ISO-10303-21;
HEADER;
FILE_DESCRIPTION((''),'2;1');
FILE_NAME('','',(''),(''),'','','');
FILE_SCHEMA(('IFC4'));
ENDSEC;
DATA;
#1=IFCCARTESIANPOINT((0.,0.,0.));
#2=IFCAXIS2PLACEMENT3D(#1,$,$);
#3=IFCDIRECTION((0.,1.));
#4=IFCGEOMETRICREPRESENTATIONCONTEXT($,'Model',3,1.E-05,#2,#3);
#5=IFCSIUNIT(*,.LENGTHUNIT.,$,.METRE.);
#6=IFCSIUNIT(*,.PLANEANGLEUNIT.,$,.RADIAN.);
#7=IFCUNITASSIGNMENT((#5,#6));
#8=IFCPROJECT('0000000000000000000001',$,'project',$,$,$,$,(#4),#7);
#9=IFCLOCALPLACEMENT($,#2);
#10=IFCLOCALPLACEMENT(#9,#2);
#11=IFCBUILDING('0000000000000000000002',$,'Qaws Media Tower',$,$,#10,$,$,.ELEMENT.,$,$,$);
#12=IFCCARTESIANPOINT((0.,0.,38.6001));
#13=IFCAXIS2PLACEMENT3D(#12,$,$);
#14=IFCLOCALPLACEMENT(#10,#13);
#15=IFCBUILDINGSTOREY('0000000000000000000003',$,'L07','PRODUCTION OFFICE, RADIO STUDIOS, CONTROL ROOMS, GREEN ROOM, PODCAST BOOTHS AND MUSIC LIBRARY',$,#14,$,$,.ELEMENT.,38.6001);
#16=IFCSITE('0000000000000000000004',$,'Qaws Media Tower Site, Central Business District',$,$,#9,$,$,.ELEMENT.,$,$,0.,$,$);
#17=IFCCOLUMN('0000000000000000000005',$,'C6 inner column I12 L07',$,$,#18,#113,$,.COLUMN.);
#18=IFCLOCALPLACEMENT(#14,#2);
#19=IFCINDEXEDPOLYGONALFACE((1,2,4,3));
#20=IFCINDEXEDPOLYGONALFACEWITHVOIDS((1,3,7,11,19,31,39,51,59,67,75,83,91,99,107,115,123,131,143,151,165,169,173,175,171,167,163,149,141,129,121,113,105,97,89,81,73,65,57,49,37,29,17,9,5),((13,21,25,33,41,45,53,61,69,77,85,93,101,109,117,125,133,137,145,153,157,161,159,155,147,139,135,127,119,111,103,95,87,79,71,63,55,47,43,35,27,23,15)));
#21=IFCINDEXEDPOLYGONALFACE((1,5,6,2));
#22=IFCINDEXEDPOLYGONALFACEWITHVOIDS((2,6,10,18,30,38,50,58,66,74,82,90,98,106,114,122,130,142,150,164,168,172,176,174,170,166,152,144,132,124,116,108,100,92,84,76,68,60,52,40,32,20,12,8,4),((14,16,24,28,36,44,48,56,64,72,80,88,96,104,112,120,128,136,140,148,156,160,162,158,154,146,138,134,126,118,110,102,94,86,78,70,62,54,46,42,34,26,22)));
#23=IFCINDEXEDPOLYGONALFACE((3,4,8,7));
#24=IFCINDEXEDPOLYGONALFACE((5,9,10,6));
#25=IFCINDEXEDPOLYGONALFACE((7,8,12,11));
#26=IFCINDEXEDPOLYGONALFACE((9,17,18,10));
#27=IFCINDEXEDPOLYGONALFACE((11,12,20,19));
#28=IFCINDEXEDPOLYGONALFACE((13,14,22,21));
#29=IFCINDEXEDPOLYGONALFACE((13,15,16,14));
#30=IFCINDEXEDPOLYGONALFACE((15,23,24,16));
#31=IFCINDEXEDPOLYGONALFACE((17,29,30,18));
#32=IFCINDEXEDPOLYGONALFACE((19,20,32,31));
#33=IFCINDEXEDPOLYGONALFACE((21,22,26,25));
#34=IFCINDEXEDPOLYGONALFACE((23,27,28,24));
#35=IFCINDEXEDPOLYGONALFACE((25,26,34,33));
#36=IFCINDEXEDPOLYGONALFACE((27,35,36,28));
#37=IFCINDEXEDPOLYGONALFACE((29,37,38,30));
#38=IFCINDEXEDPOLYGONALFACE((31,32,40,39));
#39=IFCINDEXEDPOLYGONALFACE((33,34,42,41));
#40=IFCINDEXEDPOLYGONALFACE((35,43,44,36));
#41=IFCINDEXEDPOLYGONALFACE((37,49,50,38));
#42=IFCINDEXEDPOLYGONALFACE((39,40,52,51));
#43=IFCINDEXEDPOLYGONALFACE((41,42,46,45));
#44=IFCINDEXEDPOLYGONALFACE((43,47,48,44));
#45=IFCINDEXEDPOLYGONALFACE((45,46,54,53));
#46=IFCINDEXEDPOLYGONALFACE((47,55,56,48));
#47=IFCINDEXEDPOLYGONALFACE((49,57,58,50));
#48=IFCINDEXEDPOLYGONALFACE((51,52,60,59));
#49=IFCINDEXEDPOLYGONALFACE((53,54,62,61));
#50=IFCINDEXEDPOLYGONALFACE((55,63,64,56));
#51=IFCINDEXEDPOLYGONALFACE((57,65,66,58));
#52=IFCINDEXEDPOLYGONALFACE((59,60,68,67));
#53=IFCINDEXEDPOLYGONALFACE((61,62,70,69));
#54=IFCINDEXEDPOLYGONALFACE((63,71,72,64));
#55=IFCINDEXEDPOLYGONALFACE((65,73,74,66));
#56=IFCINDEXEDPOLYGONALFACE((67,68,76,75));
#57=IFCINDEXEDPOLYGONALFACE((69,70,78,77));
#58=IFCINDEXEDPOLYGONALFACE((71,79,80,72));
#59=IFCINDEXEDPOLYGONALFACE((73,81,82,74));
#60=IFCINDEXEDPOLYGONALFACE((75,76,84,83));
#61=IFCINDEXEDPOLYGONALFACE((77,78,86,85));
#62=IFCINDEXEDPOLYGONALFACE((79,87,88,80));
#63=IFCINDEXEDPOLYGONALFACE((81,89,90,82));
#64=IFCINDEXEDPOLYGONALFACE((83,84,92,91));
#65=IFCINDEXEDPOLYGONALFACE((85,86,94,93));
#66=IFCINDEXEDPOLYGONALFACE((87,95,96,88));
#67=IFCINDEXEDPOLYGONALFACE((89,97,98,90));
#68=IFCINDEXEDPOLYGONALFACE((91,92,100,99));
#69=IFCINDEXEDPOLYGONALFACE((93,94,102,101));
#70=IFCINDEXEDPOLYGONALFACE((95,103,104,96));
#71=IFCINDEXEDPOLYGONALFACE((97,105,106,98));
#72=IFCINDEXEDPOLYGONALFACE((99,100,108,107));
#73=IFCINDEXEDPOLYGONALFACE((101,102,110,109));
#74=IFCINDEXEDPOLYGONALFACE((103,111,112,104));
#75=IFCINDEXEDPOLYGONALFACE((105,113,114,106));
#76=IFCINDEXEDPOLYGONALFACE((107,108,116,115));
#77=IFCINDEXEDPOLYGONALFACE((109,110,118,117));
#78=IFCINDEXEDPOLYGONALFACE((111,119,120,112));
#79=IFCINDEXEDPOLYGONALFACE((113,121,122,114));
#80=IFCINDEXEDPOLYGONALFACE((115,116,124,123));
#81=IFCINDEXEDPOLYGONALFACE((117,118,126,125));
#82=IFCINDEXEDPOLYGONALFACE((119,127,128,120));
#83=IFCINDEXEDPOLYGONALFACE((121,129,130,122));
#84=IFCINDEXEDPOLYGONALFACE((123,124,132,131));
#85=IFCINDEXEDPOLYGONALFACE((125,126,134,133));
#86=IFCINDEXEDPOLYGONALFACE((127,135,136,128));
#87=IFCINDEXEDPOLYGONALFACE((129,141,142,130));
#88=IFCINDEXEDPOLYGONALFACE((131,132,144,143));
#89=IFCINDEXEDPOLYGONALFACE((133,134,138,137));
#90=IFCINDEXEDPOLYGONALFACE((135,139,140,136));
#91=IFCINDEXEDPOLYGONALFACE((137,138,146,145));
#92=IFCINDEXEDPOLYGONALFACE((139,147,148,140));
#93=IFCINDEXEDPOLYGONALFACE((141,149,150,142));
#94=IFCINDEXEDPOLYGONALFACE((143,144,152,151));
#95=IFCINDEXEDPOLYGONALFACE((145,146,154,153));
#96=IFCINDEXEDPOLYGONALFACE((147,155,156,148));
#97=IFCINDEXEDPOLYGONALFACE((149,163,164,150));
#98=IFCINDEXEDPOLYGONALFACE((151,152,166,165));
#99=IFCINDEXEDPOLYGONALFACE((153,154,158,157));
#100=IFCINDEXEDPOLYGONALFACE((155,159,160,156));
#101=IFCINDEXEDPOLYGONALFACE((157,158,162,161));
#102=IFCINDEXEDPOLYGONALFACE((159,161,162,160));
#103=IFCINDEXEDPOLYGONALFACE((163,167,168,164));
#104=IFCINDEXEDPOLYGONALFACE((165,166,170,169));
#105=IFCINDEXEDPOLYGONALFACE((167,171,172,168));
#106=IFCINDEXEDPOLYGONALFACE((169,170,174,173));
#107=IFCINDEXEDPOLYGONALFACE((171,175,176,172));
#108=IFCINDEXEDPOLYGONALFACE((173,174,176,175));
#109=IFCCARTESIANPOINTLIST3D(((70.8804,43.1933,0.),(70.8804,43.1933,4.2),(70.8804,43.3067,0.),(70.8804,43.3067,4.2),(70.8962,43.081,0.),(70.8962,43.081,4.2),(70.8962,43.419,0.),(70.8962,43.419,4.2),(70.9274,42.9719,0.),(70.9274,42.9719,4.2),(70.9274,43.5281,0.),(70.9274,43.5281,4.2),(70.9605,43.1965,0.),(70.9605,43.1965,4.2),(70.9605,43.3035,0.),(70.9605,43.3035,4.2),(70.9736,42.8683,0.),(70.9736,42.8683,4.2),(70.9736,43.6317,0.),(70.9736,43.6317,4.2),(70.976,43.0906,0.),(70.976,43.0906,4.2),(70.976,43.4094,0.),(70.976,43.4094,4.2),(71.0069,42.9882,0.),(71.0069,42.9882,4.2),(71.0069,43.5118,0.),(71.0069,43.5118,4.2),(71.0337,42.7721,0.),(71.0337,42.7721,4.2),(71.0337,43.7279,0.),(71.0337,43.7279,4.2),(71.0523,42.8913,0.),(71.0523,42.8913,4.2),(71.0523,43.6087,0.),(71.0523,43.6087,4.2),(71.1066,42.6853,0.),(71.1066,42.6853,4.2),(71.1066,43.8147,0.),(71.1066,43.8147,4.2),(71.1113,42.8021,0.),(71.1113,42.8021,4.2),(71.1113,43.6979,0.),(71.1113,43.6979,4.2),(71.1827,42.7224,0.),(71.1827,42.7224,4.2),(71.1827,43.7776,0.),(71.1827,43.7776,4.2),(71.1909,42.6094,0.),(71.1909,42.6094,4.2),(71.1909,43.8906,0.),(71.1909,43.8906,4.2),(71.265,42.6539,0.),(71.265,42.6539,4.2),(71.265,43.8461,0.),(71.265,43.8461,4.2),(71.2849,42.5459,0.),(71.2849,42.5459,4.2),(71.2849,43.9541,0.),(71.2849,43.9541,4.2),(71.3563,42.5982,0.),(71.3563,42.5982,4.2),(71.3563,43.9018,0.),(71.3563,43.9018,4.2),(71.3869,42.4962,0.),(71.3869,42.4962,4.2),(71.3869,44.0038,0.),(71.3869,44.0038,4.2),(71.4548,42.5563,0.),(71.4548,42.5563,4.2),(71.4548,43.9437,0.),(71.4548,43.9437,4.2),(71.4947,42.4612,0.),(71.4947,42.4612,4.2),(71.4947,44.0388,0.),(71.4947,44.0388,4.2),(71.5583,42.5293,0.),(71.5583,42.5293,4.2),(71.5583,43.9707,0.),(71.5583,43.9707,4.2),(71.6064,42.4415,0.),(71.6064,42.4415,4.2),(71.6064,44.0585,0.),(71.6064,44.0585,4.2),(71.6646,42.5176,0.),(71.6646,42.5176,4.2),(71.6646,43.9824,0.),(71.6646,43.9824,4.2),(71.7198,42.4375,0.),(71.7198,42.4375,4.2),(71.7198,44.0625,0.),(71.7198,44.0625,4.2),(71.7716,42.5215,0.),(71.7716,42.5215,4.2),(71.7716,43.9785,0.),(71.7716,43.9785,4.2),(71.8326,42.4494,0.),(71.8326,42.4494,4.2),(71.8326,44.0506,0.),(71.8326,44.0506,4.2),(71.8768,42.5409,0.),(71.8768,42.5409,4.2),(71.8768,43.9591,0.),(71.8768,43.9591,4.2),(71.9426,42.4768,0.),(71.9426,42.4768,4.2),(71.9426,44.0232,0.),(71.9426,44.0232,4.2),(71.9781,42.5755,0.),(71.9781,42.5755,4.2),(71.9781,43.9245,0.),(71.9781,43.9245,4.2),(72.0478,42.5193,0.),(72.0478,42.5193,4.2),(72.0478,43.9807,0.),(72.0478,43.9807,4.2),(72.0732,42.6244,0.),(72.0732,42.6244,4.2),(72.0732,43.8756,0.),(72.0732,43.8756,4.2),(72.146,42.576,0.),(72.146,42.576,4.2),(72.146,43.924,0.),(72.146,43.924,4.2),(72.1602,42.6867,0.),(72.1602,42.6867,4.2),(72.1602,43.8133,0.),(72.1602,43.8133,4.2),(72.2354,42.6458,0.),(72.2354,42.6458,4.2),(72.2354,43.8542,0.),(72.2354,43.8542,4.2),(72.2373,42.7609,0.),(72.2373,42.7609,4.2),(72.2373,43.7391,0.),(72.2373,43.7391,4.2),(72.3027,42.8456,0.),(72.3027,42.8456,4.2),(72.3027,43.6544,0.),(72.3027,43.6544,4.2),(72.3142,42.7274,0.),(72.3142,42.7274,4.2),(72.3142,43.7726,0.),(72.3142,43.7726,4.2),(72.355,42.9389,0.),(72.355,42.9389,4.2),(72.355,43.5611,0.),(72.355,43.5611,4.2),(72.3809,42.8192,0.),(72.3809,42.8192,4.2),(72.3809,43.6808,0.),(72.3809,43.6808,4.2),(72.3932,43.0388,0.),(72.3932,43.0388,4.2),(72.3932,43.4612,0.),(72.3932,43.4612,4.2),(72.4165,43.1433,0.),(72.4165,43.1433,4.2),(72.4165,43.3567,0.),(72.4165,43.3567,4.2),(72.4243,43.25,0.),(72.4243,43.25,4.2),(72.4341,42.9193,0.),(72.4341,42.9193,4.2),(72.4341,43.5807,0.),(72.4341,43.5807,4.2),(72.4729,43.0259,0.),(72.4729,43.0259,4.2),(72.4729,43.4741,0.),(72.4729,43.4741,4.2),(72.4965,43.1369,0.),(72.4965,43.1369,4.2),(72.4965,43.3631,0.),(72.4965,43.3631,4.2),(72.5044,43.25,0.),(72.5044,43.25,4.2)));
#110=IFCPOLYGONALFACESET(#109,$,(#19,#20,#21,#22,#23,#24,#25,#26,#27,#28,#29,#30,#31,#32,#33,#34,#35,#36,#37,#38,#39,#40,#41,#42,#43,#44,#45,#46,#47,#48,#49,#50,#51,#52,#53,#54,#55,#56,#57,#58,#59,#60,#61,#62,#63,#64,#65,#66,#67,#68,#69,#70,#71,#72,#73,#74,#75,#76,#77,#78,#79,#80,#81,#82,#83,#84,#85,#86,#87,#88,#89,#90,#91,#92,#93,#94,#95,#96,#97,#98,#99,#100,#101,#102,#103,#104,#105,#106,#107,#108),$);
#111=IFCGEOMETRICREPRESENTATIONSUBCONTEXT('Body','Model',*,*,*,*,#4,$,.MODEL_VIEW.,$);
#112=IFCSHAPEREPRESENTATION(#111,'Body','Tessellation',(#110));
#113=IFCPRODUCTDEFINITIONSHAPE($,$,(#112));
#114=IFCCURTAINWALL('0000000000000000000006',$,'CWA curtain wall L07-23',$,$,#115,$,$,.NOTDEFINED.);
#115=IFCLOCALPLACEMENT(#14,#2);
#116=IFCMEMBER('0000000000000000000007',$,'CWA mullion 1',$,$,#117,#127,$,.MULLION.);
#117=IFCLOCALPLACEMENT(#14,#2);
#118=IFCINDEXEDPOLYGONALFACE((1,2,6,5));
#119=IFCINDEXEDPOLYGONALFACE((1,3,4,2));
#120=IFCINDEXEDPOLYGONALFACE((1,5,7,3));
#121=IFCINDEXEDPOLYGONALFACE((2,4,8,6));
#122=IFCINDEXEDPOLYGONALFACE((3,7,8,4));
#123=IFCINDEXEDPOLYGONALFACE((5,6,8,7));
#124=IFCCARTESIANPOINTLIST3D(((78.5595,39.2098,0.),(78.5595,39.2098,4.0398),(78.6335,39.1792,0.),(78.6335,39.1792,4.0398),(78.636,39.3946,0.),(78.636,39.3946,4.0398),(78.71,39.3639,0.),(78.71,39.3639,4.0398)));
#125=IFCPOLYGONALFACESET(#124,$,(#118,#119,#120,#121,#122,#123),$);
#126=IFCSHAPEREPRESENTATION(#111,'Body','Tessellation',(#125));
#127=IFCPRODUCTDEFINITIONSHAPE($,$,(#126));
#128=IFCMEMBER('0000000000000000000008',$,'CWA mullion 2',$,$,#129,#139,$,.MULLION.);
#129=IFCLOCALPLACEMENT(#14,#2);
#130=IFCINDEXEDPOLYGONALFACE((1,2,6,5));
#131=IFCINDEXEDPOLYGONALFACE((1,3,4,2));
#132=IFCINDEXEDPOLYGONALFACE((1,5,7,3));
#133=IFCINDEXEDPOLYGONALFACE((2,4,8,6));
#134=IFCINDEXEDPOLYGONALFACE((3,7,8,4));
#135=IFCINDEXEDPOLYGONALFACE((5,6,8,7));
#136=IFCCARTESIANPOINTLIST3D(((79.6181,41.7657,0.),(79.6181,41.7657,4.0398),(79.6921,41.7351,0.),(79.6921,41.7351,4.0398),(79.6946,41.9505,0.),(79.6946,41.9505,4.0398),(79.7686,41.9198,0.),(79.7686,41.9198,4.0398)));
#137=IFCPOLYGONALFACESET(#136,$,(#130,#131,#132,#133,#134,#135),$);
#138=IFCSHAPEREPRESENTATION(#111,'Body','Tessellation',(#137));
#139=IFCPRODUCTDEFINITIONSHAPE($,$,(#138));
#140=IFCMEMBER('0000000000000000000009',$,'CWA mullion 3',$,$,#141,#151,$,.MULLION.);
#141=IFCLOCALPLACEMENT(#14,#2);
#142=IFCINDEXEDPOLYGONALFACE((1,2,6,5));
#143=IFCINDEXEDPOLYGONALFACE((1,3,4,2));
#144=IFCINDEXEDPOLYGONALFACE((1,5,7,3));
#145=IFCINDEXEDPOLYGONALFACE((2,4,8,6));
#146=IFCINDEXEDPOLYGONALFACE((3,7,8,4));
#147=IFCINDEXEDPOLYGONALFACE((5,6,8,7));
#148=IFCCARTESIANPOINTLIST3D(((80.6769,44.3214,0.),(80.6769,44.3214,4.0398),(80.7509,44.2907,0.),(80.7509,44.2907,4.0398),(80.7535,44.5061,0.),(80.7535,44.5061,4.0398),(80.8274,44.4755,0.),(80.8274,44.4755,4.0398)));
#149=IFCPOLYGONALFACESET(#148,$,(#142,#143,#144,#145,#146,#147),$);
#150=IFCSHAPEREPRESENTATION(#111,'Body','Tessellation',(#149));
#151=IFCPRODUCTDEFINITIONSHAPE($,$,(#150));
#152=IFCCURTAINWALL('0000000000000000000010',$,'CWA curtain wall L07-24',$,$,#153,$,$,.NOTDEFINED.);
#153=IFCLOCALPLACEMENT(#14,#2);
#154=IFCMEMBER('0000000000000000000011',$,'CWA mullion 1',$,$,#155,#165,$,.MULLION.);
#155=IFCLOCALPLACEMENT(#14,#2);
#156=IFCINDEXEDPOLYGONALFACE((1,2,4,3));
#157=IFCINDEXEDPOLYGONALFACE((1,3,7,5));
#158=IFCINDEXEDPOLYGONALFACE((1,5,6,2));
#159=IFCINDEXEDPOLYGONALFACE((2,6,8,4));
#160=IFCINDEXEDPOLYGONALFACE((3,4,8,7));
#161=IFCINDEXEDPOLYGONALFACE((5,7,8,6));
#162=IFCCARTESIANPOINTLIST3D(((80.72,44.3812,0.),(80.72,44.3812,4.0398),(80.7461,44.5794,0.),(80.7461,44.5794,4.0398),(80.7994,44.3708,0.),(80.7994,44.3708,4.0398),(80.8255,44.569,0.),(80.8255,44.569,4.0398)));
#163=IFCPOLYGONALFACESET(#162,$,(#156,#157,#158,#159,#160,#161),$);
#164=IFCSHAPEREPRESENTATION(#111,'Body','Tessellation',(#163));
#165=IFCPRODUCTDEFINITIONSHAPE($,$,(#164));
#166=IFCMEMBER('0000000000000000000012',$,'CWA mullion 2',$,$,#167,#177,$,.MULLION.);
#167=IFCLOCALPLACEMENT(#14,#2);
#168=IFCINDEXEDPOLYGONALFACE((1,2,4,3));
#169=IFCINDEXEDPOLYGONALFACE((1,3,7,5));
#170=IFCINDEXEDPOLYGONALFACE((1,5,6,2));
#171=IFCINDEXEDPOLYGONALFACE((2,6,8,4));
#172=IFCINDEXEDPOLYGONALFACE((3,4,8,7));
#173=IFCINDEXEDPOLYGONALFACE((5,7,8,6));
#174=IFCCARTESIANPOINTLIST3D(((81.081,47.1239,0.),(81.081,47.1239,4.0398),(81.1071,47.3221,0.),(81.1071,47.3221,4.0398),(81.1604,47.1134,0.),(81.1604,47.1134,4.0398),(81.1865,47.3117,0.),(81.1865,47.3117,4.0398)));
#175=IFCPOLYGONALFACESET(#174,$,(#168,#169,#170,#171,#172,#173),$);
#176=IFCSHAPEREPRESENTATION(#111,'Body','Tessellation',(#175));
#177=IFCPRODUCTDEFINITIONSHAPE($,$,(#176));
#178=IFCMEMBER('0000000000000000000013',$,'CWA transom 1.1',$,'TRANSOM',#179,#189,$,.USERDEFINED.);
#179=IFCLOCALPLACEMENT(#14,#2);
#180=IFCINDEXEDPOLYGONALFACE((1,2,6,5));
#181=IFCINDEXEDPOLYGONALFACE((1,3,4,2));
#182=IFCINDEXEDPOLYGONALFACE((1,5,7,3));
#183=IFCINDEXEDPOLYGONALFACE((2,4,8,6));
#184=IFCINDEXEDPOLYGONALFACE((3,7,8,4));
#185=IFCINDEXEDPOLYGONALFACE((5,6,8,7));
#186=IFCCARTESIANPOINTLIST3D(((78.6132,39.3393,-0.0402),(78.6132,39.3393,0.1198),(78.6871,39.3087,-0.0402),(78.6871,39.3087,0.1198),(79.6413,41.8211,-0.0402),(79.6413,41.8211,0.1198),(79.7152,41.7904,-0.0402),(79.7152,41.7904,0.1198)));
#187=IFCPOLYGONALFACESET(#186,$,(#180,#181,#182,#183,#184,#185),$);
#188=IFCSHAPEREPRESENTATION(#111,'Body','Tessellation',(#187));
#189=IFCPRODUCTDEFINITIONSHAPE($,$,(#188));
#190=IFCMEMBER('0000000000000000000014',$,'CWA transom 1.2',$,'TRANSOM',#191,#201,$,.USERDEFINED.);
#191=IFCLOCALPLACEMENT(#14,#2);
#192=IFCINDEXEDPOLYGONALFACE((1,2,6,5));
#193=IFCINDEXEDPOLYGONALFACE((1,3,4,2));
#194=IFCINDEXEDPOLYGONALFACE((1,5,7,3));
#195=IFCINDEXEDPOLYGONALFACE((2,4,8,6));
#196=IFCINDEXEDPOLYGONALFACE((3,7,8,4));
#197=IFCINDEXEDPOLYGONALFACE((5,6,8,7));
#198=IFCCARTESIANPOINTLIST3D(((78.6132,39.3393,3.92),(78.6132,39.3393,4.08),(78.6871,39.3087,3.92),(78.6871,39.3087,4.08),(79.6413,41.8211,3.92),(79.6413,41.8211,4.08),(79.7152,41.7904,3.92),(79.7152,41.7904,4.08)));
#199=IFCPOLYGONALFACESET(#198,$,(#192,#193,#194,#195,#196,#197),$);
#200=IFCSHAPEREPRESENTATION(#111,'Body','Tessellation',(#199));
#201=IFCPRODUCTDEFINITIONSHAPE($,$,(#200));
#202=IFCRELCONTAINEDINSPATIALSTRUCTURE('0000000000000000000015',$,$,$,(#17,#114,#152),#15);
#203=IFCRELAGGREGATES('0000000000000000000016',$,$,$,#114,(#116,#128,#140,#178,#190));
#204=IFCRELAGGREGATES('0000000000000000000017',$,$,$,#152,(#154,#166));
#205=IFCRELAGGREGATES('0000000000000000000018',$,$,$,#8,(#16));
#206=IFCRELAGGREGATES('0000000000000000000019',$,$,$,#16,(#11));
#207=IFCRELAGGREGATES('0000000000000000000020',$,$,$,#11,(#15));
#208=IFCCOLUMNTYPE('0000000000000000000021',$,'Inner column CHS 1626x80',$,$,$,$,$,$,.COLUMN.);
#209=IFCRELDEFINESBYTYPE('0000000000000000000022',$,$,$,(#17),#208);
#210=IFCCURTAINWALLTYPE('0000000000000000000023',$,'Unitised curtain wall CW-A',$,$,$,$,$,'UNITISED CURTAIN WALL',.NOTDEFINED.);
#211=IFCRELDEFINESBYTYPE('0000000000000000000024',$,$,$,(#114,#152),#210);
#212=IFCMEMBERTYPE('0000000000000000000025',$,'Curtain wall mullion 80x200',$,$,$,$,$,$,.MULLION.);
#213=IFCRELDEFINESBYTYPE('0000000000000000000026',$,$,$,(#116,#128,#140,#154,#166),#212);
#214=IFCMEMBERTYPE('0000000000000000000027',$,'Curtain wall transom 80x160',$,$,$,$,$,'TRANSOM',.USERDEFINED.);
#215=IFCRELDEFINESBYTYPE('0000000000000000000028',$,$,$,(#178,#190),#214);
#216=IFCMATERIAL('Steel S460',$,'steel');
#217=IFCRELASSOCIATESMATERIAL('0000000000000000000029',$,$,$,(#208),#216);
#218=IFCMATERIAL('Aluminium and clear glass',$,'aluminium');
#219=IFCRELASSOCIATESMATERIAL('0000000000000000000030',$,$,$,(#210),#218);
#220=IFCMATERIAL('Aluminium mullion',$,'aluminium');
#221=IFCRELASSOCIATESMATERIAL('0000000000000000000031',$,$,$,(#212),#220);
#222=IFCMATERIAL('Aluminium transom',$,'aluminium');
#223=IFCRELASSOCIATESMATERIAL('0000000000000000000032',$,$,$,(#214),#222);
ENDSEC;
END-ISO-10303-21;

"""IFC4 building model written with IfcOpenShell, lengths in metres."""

from ifc_helpers import new_model, si_unit, direction, frame, origin, origin_2d, place, context, subcontext, project, spatial, rectangle, hollow_circle, extrude, material, material_profile, profile_set, type_object, element, aggregate, save


model = new_model("IFC4")

# Units and contexts
model_context = context("Model", 3, precision=1e-05, world=origin(), true_north=direction((0.0, 1.0)))
body_context = subcontext(model_context, "Body", "Model", "MODEL_VIEW")
ifc_project = project(units=[si_unit("LENGTHUNIT", "METRE"), si_unit("PLANEANGLEUNIT", "RADIAN")], contexts=[model_context])

# Site, building, storey
site_placement = place(None, origin())
site = spatial("IfcSite", under=ifc_project, at=site_placement, Name="Qaws Media Tower Site, Central Business District", CompositionType="ELEMENT", RefElevation=0.0)
building_placement = place(site_placement, origin())
building = spatial("IfcBuilding", under=site, at=building_placement, Name="Qaws Media Tower", CompositionType="ELEMENT")
storey_placement = place(building_placement, frame((0.0, 0.0, 38.6001)))
storey = spatial("IfcBuildingStorey", under=building, at=storey_placement, Name="L07", Description="PRODUCTION OFFICE, RADIO STUDIOS, CONTROL ROOMS, GREEN ROOM, PODCAST BOOTHS AND MUSIC LIBRARY", CompositionType="ELEMENT", Elevation=38.6001)

# Column
ifc_material_1 = material(Name="Steel S460", Category="steel")
ifc_material_profile_1 = material_profile(ifc_material_1, hollow_circle(Radius=0.813, WallThickness=0.0801, at=origin_2d()), Name="CHS 1626x80")
ifc_profile_set_1 = profile_set([ifc_material_profile_1], Name="Steel S460")
column_type = type_object("IfcColumnType", Name="Inner column CHS 1626x80", PredefinedType="COLUMN", material=ifc_profile_set_1)
column_placement = place(storey_placement, frame((71.6914, 43.25, 0.0), z_axis=(0.0, 0.0, 1.0), x_axis=(1.0, 0.0, 0.0)))
element("IfcColumn", 1, at=column_placement, inside=storey, type_object=column_type, Name="C6 inner column I12 L07", PredefinedType="COLUMN", context=body_context, shape_type="SweptSolid", body=[
    extrude(hollow_circle(Radius=0.813, WallThickness=0.0801, at=origin_2d()), origin(), (0.0, 0.0, 1.0), 4.2),
])

# Curtain walls, members
ifc_material_2 = material(Name="Aluminium and clear glass", Category="aluminium")
curtain_wall_type = type_object("IfcCurtainWallType", Name="Unitised curtain wall CW-A", ElementType="UNITISED CURTAIN WALL", PredefinedType="NOTDEFINED", material=ifc_material_2)
curtain_wall_1_placement = place(storey_placement, origin())
curtain_wall_1 = element("IfcCurtainWall", 2, at=curtain_wall_1_placement, inside=storey, type_object=curtain_wall_type, Name="CWA curtain wall L07-23", PredefinedType="NOTDEFINED")
ifc_material_3 = material(Name="Aluminium mullion", Category="aluminium")
ifc_material_profile_2 = material_profile(ifc_material_3, rectangle(XDim=0.0801, YDim=0.2, at=origin_2d()), Name="80x200")
ifc_profile_set_2 = profile_set([ifc_material_profile_2], Name="Aluminium mullion")
member_type_1 = type_object("IfcMemberType", Name="Curtain wall mullion 80x200", PredefinedType="MULLION", material=ifc_profile_set_2)
member_1_placement = place(storey_placement, frame((78.6348, 39.2869, 0.0), z_axis=(0.0, 0.0, 1.0), x_axis=(-0.92388, 0.382683, 0.0)))
member_1 = element("IfcMember", 3, at=member_1_placement, type_object=member_type_1, Name="CWA mullion 1", PredefinedType="MULLION", context=body_context, shape_type="SweptSolid", body=[
    extrude(rectangle(XDim=0.0801, YDim=0.2, at=origin_2d()), origin(), (0.0, 0.0, 1.0), 4.0398),
])
member_2_placement = place(storey_placement, frame((79.6934, 41.8428, 0.0), z_axis=(0.0, 0.0, 1.0), x_axis=(-0.92388, 0.382683, 0.0)))
member_2 = element("IfcMember", 4, at=member_2_placement, type_object=member_type_1, Name="CWA mullion 2", PredefinedType="MULLION", context=body_context, shape_type="SweptSolid", body=[
    extrude(rectangle(XDim=0.0801, YDim=0.2, at=origin_2d()), origin(), (0.0, 0.0, 1.0), 4.0398),
])
member_3_placement = place(storey_placement, frame((80.7522, 44.3984, 0.0), z_axis=(0.0, 0.0, 1.0), x_axis=(-0.92388, 0.382683, 0.0)))
member_3 = element("IfcMember", 5, at=member_3_placement, type_object=member_type_1, Name="CWA mullion 3", PredefinedType="MULLION", context=body_context, shape_type="SweptSolid", body=[
    extrude(rectangle(XDim=0.0801, YDim=0.2, at=origin_2d()), origin(), (0.0, 0.0, 1.0), 4.0398),
])
curtain_wall_2_placement = place(storey_placement, origin())
curtain_wall_2 = element("IfcCurtainWall", 6, at=curtain_wall_2_placement, inside=storey, type_object=curtain_wall_type, Name="CWA curtain wall L07-24", PredefinedType="NOTDEFINED")
member_4_placement = place(storey_placement, frame((80.7727, 44.4751, 0.0), z_axis=(0.0, 0.0, 1.0), x_axis=(-0.991445, 0.130526, 0.0)))
member_4 = element("IfcMember", 7, at=member_4_placement, type_object=member_type_1, Name="CWA mullion 1", PredefinedType="MULLION", context=body_context, shape_type="SweptSolid", body=[
    extrude(rectangle(XDim=0.0801, YDim=0.2, at=origin_2d()), origin(), (0.0, 0.0, 1.0), 4.0398),
])
member_5_placement = place(storey_placement, frame((81.1338, 47.2178, 0.0), z_axis=(0.0, 0.0, 1.0), x_axis=(-0.991445, 0.130526, 0.0)))
member_5 = element("IfcMember", 8, at=member_5_placement, type_object=member_type_1, Name="CWA mullion 2", PredefinedType="MULLION", context=body_context, shape_type="SweptSolid", body=[
    extrude(rectangle(XDim=0.0801, YDim=0.2, at=origin_2d()), origin(), (0.0, 0.0, 1.0), 4.0398),
])

# Members
ifc_material_4 = material(Name="Aluminium transom", Category="aluminium")
ifc_material_profile_3 = material_profile(ifc_material_4, rectangle(XDim=0.0801, YDim=0.1599, at=origin_2d()), Name="80x160")
ifc_profile_set_3 = profile_set([ifc_material_profile_3], Name="Aluminium transom")
member_type_2 = type_object("IfcMemberType", Name="Curtain wall transom 80x160", ElementType="TRANSOM", PredefinedType="USERDEFINED", material=ifc_profile_set_3)
member_6_placement = place(storey_placement, frame((78.6501, 39.324, 0.0398), z_axis=(0.382724, 0.923863, 0.0), x_axis=(-0.923863, 0.382724, 0.0)))
member_6 = element("IfcMember", 9, at=member_6_placement, type_object=member_type_2, Name="CWA transom 1.1", ObjectType="TRANSOM", PredefinedType="USERDEFINED", context=body_context, shape_type="SweptSolid", body=[
    extrude(rectangle(XDim=0.0801, YDim=0.1599, at=origin_2d()), origin(), (0.0, 0.0, 1.0), 2.6863),
])
member_7_placement = place(storey_placement, frame((78.6501, 39.324, 4.0), z_axis=(0.382724, 0.923863, 0.0), x_axis=(-0.923863, 0.382724, 0.0)))
member_7 = element("IfcMember", 10, at=member_7_placement, type_object=member_type_2, Name="CWA transom 1.2", ObjectType="TRANSOM", PredefinedType="USERDEFINED", context=body_context, shape_type="SweptSolid", body=[
    extrude(rectangle(XDim=0.0801, YDim=0.1599, at=origin_2d()), origin(), (0.0, 0.0, 1.0), 2.6863),
])

aggregate(curtain_wall_1, [member_1, member_2, member_3, member_6, member_7])
aggregate(curtain_wall_2, [member_4, member_5])

save(model, "model.ifc")
